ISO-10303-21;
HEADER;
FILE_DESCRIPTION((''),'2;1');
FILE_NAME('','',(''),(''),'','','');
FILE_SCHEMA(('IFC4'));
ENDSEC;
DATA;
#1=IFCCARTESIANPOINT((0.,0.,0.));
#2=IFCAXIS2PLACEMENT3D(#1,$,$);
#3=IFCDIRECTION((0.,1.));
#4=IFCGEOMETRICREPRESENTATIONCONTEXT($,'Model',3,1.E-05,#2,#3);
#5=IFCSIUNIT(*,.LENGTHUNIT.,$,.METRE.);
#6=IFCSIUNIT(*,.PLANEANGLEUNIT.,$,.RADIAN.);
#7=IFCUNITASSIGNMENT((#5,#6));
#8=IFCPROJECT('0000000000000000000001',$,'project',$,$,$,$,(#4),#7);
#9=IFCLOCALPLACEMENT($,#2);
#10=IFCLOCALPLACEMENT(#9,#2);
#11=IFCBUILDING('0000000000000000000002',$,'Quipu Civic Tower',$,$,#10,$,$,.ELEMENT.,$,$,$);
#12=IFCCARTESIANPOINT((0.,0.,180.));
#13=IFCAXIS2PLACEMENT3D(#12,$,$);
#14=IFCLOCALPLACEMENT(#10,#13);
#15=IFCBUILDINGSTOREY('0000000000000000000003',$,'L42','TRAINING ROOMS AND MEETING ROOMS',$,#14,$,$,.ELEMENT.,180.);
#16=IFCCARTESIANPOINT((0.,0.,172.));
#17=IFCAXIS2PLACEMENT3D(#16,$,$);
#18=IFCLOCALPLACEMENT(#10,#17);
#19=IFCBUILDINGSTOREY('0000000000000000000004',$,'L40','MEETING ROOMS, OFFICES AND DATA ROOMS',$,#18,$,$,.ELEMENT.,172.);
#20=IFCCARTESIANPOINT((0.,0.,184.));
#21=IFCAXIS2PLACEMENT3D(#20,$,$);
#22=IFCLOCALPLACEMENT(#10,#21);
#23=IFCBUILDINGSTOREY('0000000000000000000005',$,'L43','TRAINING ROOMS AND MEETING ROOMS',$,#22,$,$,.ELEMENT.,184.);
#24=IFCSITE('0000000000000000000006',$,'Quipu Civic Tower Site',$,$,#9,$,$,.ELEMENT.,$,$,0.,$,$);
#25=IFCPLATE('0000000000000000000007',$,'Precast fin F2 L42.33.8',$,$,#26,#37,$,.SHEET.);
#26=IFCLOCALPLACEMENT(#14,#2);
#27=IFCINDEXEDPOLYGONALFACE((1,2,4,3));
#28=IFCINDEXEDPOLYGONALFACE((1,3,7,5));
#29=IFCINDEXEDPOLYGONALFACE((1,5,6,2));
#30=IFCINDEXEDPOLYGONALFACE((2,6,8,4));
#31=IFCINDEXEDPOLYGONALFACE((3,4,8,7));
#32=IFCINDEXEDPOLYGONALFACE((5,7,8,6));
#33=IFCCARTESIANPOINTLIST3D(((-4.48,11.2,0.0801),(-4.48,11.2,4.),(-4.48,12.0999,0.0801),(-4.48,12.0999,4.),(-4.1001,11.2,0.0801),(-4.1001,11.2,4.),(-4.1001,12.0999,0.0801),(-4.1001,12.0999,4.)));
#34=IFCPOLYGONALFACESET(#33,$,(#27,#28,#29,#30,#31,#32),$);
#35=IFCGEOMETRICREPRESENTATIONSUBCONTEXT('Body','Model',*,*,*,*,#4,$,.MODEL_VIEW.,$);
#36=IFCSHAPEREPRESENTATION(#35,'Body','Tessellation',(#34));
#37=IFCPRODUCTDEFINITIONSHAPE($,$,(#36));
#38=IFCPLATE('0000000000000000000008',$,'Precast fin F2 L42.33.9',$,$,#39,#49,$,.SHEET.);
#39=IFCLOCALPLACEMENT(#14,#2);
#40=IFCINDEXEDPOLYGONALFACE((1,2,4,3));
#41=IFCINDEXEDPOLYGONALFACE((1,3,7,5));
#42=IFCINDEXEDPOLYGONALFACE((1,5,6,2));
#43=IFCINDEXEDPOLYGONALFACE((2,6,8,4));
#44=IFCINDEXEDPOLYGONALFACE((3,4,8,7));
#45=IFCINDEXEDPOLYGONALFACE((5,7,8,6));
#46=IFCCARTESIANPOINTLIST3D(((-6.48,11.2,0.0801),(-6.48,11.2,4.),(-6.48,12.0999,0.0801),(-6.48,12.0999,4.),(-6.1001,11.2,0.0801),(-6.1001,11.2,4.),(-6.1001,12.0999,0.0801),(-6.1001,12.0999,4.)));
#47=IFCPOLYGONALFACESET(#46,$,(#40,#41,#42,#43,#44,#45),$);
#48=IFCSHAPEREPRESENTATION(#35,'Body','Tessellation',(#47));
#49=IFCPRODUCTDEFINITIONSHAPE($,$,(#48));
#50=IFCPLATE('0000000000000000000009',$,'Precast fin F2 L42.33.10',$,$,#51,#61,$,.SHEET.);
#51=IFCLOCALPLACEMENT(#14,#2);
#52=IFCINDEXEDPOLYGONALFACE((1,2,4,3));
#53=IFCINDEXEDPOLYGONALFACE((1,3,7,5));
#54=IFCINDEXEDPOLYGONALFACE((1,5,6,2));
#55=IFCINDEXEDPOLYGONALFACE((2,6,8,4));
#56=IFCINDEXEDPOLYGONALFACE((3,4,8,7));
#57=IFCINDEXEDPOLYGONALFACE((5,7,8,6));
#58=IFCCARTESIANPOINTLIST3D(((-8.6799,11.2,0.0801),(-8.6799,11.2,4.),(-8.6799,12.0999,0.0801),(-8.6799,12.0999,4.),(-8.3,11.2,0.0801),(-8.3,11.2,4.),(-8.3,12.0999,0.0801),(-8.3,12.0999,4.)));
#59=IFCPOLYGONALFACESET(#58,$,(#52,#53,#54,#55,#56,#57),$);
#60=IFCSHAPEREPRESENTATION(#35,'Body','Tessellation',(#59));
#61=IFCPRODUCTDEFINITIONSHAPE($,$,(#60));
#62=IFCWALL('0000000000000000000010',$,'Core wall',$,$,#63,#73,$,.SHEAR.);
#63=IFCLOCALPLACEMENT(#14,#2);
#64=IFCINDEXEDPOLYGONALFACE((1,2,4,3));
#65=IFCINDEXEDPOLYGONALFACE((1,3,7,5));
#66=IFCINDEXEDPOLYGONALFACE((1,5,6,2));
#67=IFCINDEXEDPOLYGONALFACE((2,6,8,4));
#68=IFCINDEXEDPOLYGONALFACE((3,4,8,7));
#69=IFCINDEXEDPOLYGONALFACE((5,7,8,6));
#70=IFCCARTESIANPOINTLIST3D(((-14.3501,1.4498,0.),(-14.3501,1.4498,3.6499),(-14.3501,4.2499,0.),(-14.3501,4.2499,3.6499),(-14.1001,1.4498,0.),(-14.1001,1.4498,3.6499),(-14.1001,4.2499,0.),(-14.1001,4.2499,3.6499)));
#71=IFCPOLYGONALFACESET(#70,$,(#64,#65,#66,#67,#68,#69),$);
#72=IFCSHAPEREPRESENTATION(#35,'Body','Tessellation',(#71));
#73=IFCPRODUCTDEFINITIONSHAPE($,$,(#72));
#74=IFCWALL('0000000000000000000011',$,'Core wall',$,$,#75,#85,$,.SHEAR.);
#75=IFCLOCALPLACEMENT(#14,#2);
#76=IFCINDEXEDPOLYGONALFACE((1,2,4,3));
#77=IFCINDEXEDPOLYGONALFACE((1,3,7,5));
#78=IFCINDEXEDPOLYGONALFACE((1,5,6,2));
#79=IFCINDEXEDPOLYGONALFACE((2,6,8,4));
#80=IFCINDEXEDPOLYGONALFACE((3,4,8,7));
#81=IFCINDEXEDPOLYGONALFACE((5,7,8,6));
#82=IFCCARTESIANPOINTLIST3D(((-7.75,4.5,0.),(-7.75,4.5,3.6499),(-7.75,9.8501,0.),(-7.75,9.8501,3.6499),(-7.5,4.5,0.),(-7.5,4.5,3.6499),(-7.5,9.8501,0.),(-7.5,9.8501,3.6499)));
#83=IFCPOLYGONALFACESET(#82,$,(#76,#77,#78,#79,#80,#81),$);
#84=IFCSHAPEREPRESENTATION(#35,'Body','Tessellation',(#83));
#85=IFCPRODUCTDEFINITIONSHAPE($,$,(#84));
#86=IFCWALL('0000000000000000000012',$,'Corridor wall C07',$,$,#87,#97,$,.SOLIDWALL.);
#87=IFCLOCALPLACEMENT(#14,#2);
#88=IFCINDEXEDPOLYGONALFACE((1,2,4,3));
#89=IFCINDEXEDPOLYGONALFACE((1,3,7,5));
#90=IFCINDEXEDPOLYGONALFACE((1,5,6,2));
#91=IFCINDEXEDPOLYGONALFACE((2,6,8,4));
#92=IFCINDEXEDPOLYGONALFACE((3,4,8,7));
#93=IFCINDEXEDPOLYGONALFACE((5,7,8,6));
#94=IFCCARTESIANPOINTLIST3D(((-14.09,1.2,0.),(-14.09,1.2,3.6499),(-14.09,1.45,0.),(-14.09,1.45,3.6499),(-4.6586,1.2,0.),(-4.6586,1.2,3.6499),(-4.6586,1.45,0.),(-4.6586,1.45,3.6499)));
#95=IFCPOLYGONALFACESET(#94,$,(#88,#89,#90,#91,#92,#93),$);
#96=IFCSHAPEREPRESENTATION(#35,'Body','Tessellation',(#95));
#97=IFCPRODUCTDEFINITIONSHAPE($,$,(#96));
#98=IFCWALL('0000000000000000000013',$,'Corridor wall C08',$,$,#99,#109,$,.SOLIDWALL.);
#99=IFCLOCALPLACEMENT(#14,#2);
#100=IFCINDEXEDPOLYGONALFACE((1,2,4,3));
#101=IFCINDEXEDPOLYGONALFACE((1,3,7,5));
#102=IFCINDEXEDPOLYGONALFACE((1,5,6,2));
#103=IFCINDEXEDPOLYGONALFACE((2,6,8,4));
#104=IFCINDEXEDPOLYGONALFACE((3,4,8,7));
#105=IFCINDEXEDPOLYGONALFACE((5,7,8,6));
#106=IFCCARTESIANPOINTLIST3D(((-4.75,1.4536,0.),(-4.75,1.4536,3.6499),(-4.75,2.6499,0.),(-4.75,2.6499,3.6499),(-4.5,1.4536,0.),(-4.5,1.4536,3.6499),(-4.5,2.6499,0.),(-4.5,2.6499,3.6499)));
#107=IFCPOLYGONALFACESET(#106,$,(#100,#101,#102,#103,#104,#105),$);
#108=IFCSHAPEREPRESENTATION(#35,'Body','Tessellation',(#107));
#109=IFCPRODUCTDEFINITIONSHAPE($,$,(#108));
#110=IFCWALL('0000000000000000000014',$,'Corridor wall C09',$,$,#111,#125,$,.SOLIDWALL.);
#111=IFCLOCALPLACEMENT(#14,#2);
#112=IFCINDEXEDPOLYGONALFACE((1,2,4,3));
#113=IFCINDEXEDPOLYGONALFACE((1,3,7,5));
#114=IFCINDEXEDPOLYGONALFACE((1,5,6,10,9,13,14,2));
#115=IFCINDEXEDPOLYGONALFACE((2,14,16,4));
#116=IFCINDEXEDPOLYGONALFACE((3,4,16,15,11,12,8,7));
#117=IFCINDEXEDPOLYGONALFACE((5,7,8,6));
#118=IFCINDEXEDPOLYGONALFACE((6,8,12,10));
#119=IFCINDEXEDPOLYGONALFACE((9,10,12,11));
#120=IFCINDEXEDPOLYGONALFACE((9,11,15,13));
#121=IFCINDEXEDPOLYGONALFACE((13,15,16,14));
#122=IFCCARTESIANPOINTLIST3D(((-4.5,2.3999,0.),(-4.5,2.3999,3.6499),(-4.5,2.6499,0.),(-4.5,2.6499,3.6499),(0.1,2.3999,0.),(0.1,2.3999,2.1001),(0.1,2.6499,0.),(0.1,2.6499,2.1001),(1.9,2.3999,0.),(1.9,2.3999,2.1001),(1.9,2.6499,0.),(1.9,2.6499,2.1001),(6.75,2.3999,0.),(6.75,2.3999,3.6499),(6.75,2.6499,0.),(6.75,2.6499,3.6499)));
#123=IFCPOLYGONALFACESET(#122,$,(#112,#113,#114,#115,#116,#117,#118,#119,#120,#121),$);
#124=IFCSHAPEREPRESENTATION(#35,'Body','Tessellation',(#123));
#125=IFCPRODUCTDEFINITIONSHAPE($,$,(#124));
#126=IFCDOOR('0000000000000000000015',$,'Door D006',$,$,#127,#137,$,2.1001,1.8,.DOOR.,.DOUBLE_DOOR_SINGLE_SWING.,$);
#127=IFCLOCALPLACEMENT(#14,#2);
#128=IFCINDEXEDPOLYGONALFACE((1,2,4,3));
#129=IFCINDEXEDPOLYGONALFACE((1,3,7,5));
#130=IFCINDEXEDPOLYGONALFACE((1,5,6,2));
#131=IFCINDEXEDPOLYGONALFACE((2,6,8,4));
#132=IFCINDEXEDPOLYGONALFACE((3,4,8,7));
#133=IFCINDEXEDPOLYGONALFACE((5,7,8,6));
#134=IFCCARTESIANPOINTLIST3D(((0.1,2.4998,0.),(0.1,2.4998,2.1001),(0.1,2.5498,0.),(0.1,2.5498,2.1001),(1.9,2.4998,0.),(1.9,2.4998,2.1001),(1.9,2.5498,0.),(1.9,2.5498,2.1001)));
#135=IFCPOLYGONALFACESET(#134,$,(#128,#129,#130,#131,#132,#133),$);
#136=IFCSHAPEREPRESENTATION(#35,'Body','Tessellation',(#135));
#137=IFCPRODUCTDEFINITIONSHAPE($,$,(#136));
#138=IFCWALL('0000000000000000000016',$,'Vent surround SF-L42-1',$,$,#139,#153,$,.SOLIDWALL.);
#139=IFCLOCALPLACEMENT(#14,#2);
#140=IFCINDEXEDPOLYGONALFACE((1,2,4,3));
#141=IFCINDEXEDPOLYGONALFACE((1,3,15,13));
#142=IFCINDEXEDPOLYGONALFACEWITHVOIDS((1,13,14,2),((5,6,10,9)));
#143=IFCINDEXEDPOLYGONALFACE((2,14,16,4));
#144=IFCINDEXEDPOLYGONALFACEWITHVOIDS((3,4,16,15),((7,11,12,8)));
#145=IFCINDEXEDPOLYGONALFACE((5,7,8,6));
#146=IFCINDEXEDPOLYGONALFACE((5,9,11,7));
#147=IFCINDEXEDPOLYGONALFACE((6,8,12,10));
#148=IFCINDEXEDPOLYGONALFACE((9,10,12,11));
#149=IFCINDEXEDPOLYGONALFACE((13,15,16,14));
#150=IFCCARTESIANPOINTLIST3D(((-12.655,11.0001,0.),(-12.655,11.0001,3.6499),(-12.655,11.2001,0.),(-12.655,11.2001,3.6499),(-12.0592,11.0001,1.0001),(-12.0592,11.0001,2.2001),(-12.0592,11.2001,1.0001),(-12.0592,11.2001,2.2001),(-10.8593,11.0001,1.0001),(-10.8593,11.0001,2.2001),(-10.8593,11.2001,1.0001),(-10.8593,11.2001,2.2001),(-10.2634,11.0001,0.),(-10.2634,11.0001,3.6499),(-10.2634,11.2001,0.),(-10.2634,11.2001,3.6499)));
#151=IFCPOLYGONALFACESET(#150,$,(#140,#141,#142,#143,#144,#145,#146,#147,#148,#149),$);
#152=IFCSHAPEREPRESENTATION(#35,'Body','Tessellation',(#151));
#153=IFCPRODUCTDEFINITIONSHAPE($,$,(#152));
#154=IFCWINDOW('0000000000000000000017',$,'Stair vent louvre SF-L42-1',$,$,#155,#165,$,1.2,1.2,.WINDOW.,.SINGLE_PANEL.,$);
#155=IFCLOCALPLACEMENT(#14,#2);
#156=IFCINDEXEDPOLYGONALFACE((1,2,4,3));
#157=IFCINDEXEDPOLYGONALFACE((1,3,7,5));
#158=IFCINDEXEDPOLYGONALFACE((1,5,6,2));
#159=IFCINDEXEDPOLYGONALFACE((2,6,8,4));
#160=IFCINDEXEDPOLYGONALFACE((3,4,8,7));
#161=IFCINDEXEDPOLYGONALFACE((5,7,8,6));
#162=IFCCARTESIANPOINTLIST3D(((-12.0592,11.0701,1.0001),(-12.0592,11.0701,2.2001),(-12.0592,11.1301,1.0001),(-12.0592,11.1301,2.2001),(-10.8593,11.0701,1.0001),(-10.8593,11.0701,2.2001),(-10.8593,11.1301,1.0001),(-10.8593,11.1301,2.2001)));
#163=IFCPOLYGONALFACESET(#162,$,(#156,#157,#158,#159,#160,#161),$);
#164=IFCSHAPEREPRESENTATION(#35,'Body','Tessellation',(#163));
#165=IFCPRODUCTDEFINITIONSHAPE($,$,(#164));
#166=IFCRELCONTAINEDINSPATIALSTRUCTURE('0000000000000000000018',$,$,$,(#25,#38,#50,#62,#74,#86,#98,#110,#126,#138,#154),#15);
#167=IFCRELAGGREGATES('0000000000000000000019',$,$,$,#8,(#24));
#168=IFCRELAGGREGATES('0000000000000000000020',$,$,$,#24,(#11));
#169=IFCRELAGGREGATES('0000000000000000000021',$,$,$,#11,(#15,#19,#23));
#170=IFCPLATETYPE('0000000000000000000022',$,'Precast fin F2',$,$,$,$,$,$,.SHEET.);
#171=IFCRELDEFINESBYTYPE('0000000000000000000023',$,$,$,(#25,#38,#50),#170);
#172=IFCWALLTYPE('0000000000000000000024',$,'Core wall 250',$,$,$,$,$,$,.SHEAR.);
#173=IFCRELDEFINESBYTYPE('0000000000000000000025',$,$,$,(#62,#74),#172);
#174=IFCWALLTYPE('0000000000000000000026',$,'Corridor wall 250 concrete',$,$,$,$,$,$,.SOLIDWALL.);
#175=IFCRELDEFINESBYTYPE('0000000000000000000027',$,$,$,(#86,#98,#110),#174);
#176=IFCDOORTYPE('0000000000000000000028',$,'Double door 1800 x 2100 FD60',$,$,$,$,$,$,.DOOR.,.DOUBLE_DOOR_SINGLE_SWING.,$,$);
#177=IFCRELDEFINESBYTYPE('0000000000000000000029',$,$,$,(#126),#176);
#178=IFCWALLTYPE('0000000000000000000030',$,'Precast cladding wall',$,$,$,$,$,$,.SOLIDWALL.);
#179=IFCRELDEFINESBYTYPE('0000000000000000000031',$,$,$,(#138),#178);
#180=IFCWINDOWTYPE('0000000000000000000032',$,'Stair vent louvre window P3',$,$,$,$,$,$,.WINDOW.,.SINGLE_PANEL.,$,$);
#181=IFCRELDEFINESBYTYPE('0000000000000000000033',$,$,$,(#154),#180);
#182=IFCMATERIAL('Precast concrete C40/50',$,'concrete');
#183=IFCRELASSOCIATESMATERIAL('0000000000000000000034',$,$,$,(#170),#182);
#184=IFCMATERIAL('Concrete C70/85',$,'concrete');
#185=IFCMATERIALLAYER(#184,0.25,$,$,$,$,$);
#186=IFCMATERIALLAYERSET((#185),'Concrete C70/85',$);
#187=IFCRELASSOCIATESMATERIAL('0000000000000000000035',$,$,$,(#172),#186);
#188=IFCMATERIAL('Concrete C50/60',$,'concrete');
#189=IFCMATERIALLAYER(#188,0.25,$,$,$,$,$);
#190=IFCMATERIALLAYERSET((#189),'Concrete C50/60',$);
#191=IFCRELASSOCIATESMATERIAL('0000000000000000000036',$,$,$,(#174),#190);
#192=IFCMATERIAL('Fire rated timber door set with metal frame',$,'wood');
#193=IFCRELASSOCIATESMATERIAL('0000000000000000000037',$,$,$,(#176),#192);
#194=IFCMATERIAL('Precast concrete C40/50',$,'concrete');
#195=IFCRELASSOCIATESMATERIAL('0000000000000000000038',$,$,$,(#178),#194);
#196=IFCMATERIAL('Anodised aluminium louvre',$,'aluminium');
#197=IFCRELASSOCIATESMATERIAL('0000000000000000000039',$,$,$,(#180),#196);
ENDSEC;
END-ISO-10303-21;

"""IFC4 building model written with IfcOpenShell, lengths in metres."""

from ifc_helpers import new_model, si_unit, direction, frame, frame_2d, origin, origin_2d, place, context, subcontext, project, spatial, rectangle, extrude, material, layer, layer_set, type_object, element, fill, save


model = new_model("IFC4")

# Units and contexts
model_context = context("Model", 3, precision=1e-05, world=origin(), true_north=direction((0.0, 1.0)))
body_context = subcontext(model_context, "Body", "Model", "MODEL_VIEW")
ifc_project = project(units=[si_unit("LENGTHUNIT", "METRE"), si_unit("PLANEANGLEUNIT", "RADIAN")], contexts=[model_context])

# Site, building, storey
site_placement = place(None, origin())
site = spatial("IfcSite", under=ifc_project, at=site_placement, Name="Quipu Civic Tower Site", CompositionType="ELEMENT", RefElevation=0.0)
building_placement = place(site_placement, origin())
building = spatial("IfcBuilding", under=site, at=building_placement, Name="Quipu Civic Tower", CompositionType="ELEMENT")
storey_1_placement = place(building_placement, frame((0.0, 0.0, 180.0)))
storey_1 = spatial("IfcBuildingStorey", under=building, at=storey_1_placement, Name="L42", Description="TRAINING ROOMS AND MEETING ROOMS", CompositionType="ELEMENT", Elevation=180.0)

# Shared definitions
storey_2_placement = place(building_placement, frame((0.0, 0.0, 172.0)))
storey_2 = spatial("IfcBuildingStorey", under=building, at=storey_2_placement, Name="L40", Description="MEETING ROOMS, OFFICES AND DATA ROOMS", CompositionType="ELEMENT", Elevation=172.0)

# Shared definitions
storey_3_placement = place(building_placement, frame((0.0, 0.0, 184.0)))
storey_3 = spatial("IfcBuildingStorey", under=building, at=storey_3_placement, Name="L43", Description="TRAINING ROOMS AND MEETING ROOMS", CompositionType="ELEMENT", Elevation=184.0)

# Plates
ifc_material_1 = material(Name="Precast concrete C40/50", Category="concrete")
plate_type_1 = type_object("IfcPlateType", Name="Precast fin F2", PredefinedType="SHEET", material=ifc_material_1)
for number, where, z_axis, x_axis, name in (
    (1, (-4.29, 11.6499, 0.0801), (0.0, 0.0, 1.0), (-1.0, 0.0, 0.0), "Precast fin F2 L42.33.8"),
    (2, (-6.29, 11.6499, 0.0801), (0.0, 0.0, 1.0), (-1.0, 0.0, 0.0), "Precast fin F2 L42.33.9"),
    (3, (-8.49, 11.6499, 0.0801), (0.0, 0.0, 1.0), (-1.0, 0.0, 0.0), "Precast fin F2 L42.33.10"),
):
    element("IfcPlate", number, at=place(storey_1_placement, frame(where, z_axis=z_axis, x_axis=x_axis)), inside=storey_1, type_object=plate_type_1, Name=name, PredefinedType="SHEET", context=body_context, shape_type="SweptSolid", body=[
        extrude(rectangle(XDim=0.3799, YDim=0.8999, at=origin_2d()), origin(), (0.0, 0.0, 1.0), 3.9199),
    ])

# Walls
ifc_material_2 = material(Name="Concrete C70/85", Category="concrete")
ifc_layer_1 = layer(ifc_material_2, 0.25)
ifc_layer_set_1 = layer_set([ifc_layer_1], Name="Concrete C70/85")
wall_type_1 = type_object("IfcWallType", Name="Core wall 250", PredefinedType="SHEAR", material=ifc_layer_set_1)
wall_1_placement = place(storey_1_placement, frame((-14.2251, 1.45, 0.0), z_axis=(0.0, 0.0, 1.0), x_axis=(0.0, 1.0, 0.0)))
element("IfcWall", 4, at=wall_1_placement, inside=storey_1, type_object=wall_type_1, Name="Core wall", PredefinedType="SHEAR", context=body_context, shape_type="SweptSolid", body=[
    extrude(rectangle(XDim=2.8, YDim=0.25, at=frame_2d((1.3999, 0.0))), origin(), (0.0, 0.0, 1.0), 3.6499),
])
wall_2_placement = place(storey_1_placement, frame((-7.625, 4.5, 0.0), z_axis=(0.0, 0.0, 1.0), x_axis=(0.0, 1.0, 0.0)))
element("IfcWall", 5, at=wall_2_placement, inside=storey_1, type_object=wall_type_1, Name="Core wall", PredefinedType="SHEAR", context=body_context, shape_type="SweptSolid", body=[
    extrude(rectangle(XDim=5.3501, YDim=0.25, at=frame_2d((2.675, 0.0))), origin(), (0.0, 0.0, 1.0), 3.6499),
])
ifc_material_3 = material(Name="Concrete C50/60", Category="concrete")
ifc_layer_2 = layer(ifc_material_3, 0.25)
ifc_layer_set_2 = layer_set([ifc_layer_2], Name="Concrete C50/60")
wall_type_2 = type_object("IfcWallType", Name="Corridor wall 250 concrete", PredefinedType="SOLIDWALL", material=ifc_layer_set_2)
wall_3_placement = place(storey_1_placement, frame((-14.0901, 1.325, 0.0), z_axis=(0.0, 0.0, 1.0), x_axis=(1.0, 0.0, 0.0)))
element("IfcWall", 6, at=wall_3_placement, inside=storey_1, type_object=wall_type_2, Name="Corridor wall C07", PredefinedType="SOLIDWALL", context=body_context, shape_type="SweptSolid", body=[
    extrude(rectangle(XDim=9.4314, YDim=0.25, at=frame_2d((4.7158, 0.0))), origin(), (0.0, 0.0, 1.0), 3.6499),
])
wall_4_placement = place(storey_1_placement, frame((-4.625, 1.4536, 0.0), z_axis=(0.0, 0.0, 1.0), x_axis=(0.0, 1.0, 0.0)))
element("IfcWall", 7, at=wall_4_placement, inside=storey_1, type_object=wall_type_2, Name="Corridor wall C08", PredefinedType="SOLIDWALL", context=body_context, shape_type="SweptSolid", body=[
    extrude(rectangle(XDim=1.1963, YDim=0.25, at=frame_2d((0.5981, 0.0))), origin(), (0.0, 0.0, 1.0), 3.6499),
])

# Wall, opening, door
wall_5_placement = place(storey_1_placement, frame((-4.5, 2.5249, 0.0), z_axis=(0.0, 0.0, 1.0), x_axis=(1.0, 0.0, 0.0)))
wall_5 = element("IfcWall", 8, at=wall_5_placement, inside=storey_1, type_object=wall_type_2, Name="Corridor wall C09", PredefinedType="SOLIDWALL", context=body_context, shape_type="SweptSolid", body=[
    extrude(rectangle(XDim=11.25, YDim=0.25, at=frame_2d((5.625, 0.0))), origin(), (0.0, 0.0, 1.0), 3.6499),
])
opening_1_placement = place(wall_5_placement, frame((4.6001, 0.0, 0.0)))
opening_1 = element("IfcOpeningElement", 9, at=opening_1_placement, cuts=wall_5, PredefinedType="OPENING", context=body_context, shape_type="SweptSolid", body=[
    extrude(rectangle(XDim=1.8, YDim=2.1001, at=frame_2d((0.8999, 1.05))), frame((0.0, 0.135, 0.0), z_axis=(0.0, -1.0, 0.0), x_axis=(1.0, 0.0, 0.0)), (0.0, 0.0, 1.0), 0.27),
])
ifc_material_4 = material(Name="Fire rated timber door set with metal frame", Category="wood")
door_type = type_object("IfcDoorType", Name="Double door 1800 x 2100 FD60", OperationType="DOUBLE_DOOR_SINGLE_SWING", PredefinedType="DOOR", material=ifc_material_4)
door_placement = place(opening_1_placement, origin())
door = element("IfcDoor", 10, at=door_placement, inside=storey_1, type_object=door_type, Name="Door D006", OperationType="DOUBLE_DOOR_SINGLE_SWING", OverallHeight=2.1001, OverallWidth=1.8, PredefinedType="DOOR", context=body_context, shape_type="SweptSolid", body=[
    extrude(rectangle(XDim=1.8, YDim=2.1001, at=frame_2d((0.8999, 1.05))), frame((0.0, 0.0249, 0.0), z_axis=(0.0, -1.0, 0.0), x_axis=(1.0, 0.0, 0.0)), (0.0, 0.0, 1.0), 0.05),
])
fill(opening_1, door)

# Wall, opening, window
ifc_material_5 = material(Name="Precast concrete C40/50", Category="concrete")
wall_type_3 = type_object("IfcWallType", Name="Precast cladding wall", PredefinedType="SOLIDWALL", material=ifc_material_5)
wall_6_placement = place(storey_1_placement, frame((-10.2634, 11.1001, 0.0), z_axis=(0.0, 0.0, 1.0), x_axis=(-1.0, 0.0, 0.0)))
wall_6 = element("IfcWall", 11, at=wall_6_placement, inside=storey_1, type_object=wall_type_3, Name="Vent surround SF-L42-1", PredefinedType="SOLIDWALL", context=body_context, shape_type="SweptSolid", body=[
    extrude(rectangle(XDim=2.3916, YDim=0.2, at=frame_2d((1.1958, 0.0))), origin(), (0.0, 0.0, 1.0), 3.6499),
])
opening_2_placement = place(wall_6_placement, frame((0.5957, 0.0, 1.0)))
opening_2 = element("IfcOpeningElement", 12, at=opening_2_placement, cuts=wall_6, PredefinedType="OPENING", context=body_context, shape_type="SweptSolid", body=[
    extrude(rectangle(XDim=1.2, YDim=1.2, at=frame_2d((0.6001, 0.6001))), frame((0.0, 0.1099, 0.0), z_axis=(0.0, -1.0, 0.0), x_axis=(1.0, 0.0, 0.0)), (0.0, 0.0, 1.0), 0.22),
])
ifc_material_6 = material(Name="Anodised aluminium louvre", Category="aluminium")
window_type = type_object("IfcWindowType", Name="Stair vent louvre window P3", PartitioningType="SINGLE_PANEL", PredefinedType="WINDOW", material=ifc_material_6)
window_placement = place(opening_2_placement, origin())
window = element("IfcWindow", 13, at=window_placement, inside=storey_1, type_object=window_type, Name="Stair vent louvre SF-L42-1", OverallHeight=1.2, OverallWidth=1.2, PartitioningType="SINGLE_PANEL", PredefinedType="WINDOW", context=body_context, shape_type="SweptSolid", body=[
    extrude(rectangle(XDim=1.2, YDim=1.2, at=frame_2d((0.6001, 0.6001))), frame((0.0, 0.03, 0.0), z_axis=(0.0, -1.0, 0.0), x_axis=(1.0, 0.0, 0.0)), (0.0, 0.0, 1.0), 0.0601),
])
fill(opening_2, window)

save(model, "model.ifc")
